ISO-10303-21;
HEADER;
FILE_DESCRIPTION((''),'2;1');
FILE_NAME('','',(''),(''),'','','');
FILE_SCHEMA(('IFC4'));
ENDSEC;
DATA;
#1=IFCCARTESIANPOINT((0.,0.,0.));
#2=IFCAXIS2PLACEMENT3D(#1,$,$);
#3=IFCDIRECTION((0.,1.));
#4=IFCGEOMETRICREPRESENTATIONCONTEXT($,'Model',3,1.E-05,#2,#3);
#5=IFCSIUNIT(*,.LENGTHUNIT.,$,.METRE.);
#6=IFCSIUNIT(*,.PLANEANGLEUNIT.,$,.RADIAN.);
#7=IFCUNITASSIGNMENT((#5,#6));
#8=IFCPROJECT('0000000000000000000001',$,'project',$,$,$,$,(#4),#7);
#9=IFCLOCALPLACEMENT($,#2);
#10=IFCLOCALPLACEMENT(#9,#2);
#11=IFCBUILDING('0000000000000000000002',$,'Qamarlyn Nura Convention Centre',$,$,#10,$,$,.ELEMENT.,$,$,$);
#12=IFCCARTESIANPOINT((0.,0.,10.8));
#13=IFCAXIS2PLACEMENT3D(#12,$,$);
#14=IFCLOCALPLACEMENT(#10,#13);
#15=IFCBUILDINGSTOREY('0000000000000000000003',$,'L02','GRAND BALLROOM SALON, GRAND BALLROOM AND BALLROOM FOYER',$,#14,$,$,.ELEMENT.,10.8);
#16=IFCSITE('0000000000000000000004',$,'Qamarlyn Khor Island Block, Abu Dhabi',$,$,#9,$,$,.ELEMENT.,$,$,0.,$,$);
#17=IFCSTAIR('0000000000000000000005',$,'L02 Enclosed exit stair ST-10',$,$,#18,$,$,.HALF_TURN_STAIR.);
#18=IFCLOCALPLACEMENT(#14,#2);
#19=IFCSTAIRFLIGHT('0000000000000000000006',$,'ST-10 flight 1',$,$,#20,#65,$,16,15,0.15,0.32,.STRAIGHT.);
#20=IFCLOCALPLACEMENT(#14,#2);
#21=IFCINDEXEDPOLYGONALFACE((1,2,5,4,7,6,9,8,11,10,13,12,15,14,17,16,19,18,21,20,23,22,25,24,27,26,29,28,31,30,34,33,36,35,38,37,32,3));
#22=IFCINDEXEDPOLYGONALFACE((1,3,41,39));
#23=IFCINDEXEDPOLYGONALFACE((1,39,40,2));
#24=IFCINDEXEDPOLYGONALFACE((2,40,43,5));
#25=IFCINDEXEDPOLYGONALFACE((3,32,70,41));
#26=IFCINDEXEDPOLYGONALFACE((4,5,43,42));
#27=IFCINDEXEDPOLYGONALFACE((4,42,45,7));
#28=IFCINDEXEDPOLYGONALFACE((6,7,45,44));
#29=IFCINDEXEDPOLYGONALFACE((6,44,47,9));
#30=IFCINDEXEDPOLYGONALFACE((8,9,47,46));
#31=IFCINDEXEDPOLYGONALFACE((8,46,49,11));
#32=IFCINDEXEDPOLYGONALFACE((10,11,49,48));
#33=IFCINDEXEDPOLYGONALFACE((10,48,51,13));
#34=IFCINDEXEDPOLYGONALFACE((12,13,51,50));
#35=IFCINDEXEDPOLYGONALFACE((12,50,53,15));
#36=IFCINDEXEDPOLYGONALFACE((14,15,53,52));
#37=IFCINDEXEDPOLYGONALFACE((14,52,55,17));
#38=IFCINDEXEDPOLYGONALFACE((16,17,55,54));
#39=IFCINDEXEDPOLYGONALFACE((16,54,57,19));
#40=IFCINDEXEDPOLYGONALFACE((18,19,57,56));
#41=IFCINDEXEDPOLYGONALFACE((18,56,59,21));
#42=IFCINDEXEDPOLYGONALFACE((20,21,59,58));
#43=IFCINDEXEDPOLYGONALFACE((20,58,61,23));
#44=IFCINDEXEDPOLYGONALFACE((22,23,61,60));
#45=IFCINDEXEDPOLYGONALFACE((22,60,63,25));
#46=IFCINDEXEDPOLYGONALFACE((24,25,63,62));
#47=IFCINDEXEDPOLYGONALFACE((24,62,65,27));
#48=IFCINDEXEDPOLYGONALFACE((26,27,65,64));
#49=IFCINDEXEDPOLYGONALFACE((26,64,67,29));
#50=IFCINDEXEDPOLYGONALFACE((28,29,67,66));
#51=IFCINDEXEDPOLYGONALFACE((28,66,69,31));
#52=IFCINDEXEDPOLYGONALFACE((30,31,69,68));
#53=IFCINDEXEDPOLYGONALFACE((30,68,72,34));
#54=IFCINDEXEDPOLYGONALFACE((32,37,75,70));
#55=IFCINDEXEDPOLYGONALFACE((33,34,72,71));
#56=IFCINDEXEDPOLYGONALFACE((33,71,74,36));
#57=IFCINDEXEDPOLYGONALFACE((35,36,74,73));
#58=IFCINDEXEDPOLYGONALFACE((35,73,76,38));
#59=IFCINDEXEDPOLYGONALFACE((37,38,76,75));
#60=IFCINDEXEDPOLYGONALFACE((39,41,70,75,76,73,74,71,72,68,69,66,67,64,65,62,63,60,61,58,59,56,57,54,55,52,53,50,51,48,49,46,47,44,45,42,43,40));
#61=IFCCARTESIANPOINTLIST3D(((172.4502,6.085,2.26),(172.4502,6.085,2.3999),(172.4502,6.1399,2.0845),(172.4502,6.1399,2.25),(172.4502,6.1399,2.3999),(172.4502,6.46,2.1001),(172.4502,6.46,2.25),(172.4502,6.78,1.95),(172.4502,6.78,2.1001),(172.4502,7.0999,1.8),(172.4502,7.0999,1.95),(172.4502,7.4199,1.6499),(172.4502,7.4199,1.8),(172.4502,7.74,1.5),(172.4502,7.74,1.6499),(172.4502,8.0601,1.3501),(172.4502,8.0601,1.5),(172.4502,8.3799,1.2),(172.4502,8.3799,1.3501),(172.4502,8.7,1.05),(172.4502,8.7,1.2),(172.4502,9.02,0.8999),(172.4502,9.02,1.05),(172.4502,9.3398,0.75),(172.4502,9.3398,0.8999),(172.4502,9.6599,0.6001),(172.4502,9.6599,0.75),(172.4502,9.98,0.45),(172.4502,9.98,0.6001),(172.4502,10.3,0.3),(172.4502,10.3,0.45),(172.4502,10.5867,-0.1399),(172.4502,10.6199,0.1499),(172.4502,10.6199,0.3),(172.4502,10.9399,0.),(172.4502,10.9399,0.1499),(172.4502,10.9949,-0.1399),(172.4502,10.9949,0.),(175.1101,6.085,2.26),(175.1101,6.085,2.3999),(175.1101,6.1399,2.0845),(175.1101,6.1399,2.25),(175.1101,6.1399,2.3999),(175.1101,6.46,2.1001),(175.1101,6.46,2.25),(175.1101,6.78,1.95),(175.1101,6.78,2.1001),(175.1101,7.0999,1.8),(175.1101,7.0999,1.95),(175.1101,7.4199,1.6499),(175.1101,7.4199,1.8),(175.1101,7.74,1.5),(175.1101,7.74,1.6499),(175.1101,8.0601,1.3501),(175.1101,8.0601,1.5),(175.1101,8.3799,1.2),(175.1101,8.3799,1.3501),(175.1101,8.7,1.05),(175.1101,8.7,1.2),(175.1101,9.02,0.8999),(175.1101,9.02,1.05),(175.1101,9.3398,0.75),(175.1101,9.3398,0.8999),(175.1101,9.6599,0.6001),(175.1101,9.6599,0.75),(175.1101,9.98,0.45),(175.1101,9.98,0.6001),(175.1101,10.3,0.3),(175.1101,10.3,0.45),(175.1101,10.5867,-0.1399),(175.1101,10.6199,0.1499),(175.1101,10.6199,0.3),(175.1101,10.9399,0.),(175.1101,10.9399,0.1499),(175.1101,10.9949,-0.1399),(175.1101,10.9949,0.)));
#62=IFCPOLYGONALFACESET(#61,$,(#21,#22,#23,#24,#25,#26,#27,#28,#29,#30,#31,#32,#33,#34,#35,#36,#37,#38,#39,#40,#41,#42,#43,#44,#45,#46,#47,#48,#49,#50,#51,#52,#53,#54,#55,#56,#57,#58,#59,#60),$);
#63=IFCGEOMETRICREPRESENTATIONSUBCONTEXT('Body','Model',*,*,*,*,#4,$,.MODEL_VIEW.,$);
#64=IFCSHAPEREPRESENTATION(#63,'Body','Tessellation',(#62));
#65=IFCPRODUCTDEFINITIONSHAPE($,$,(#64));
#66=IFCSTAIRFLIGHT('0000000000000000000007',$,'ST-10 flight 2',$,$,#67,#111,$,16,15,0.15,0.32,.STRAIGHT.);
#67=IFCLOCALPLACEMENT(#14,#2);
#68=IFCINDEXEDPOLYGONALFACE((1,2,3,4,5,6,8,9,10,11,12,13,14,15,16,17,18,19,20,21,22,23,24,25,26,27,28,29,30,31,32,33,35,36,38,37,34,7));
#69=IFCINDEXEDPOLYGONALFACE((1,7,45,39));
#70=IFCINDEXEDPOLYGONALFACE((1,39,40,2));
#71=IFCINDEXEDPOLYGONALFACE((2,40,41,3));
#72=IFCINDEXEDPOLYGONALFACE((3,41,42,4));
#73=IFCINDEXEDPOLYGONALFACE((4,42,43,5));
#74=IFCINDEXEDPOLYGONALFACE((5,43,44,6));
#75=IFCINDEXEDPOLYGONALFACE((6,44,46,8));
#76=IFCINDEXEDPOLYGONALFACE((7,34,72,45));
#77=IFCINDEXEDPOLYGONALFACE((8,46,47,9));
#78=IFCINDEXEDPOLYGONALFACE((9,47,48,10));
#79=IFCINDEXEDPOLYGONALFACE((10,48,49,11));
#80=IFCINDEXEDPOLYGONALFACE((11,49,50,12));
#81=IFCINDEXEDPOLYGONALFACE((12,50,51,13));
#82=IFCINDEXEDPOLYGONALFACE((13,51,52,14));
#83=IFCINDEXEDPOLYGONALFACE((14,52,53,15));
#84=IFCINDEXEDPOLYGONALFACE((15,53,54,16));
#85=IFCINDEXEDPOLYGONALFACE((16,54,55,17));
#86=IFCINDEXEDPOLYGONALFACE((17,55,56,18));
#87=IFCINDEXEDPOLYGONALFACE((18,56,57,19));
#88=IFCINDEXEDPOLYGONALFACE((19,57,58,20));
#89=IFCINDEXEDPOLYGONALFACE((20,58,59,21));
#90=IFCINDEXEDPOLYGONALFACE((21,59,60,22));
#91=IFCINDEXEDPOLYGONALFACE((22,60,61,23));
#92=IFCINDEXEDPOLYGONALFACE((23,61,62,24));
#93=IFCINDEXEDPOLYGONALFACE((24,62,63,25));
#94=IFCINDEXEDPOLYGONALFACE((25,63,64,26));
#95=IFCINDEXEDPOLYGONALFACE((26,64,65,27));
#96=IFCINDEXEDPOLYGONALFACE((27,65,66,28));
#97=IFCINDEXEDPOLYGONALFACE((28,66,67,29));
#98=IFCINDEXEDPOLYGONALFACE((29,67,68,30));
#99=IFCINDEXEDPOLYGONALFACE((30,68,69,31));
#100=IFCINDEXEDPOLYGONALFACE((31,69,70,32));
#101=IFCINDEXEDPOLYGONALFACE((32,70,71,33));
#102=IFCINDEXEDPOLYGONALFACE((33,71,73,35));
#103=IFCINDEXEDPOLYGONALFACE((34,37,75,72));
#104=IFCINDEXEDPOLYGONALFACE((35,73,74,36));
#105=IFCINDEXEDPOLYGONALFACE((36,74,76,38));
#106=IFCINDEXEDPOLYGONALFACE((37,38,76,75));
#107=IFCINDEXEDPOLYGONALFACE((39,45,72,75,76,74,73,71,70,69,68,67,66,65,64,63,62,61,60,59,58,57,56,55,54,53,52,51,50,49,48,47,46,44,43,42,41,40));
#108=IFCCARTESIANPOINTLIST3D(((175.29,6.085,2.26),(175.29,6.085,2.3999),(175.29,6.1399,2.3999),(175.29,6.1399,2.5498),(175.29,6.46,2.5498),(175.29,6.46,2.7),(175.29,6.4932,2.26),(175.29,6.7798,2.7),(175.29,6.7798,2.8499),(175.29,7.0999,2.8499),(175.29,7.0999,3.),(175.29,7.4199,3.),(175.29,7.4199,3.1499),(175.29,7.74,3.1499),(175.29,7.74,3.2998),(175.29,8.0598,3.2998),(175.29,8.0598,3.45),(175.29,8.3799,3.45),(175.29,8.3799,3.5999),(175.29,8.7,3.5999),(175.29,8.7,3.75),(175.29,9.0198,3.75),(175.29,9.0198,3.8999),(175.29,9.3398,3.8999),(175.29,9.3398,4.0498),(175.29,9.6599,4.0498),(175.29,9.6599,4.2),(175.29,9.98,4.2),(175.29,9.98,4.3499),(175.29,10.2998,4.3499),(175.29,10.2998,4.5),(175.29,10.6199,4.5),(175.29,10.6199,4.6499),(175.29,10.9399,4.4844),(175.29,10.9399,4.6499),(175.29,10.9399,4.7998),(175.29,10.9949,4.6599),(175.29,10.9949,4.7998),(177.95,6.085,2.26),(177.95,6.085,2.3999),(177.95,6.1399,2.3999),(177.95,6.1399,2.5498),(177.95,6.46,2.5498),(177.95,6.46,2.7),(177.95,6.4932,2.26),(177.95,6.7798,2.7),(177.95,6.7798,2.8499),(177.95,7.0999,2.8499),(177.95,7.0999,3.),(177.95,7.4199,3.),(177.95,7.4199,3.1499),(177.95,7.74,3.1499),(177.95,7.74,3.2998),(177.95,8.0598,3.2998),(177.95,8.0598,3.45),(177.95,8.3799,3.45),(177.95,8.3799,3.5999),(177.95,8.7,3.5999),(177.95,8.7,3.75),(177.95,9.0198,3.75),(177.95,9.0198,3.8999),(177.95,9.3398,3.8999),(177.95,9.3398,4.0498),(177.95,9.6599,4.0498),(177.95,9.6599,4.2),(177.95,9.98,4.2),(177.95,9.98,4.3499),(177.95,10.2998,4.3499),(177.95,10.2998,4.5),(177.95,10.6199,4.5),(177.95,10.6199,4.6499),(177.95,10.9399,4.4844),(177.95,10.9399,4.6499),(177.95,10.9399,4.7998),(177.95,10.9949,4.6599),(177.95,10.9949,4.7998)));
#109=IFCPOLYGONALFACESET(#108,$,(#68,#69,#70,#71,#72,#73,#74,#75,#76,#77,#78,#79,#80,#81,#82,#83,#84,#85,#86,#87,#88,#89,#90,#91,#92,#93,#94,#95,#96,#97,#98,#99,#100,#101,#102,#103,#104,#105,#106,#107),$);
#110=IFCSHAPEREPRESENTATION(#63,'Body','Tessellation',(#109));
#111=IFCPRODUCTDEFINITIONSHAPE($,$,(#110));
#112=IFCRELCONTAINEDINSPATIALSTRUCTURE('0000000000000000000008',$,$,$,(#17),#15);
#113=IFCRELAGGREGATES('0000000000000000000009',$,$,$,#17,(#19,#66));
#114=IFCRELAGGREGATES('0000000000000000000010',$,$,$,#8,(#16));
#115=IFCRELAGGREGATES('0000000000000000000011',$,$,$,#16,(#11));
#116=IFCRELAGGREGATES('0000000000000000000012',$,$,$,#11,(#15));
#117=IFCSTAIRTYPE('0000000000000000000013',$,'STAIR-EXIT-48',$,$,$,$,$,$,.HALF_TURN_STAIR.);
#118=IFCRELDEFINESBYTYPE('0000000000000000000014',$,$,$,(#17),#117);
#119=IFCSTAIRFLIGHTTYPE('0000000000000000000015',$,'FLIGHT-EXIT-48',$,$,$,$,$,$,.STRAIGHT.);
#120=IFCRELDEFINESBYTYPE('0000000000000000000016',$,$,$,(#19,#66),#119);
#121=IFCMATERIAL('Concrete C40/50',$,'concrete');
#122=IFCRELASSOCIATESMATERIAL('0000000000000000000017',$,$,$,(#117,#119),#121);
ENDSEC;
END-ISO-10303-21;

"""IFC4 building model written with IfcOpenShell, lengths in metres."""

from ifc_helpers import new_model, si_unit, direction, frame, origin, place, context, subcontext, project, spatial, polyline, outline, extrude, material, type_object, element, aggregate, save


model = new_model("IFC4")

# Units and contexts
model_context = context("Model", 3, precision=1e-05, world=origin(), true_north=direction((0.0, 1.0)))
body_context = subcontext(model_context, "Body", "Model", "MODEL_VIEW")
ifc_project = project(units=[si_unit("LENGTHUNIT", "METRE"), si_unit("PLANEANGLEUNIT", "RADIAN")], contexts=[model_context])

# Site, building, storey
site_placement = place(None, origin())
site = spatial("IfcSite", under=ifc_project, at=site_placement, Name="Qamarlyn Khor Island Block, Abu Dhabi", CompositionType="ELEMENT", RefElevation=0.0)
building_placement = place(site_placement, origin())
building = spatial("IfcBuilding", under=site, at=building_placement, Name="Qamarlyn Nura Convention Centre", CompositionType="ELEMENT")
storey_placement = place(building_placement, frame((0.0, 0.0, 10.8)))
storey = spatial("IfcBuildingStorey", under=building, at=storey_placement, Name="L02", Description="GRAND BALLROOM SALON, GRAND BALLROOM AND BALLROOM FOYER", CompositionType="ELEMENT", Elevation=10.8)

# Stair, stair flights
ifc_material_1 = material(Name="Concrete C40/50", Category="concrete")
stair_type = type_object("IfcStairType", Name="STAIR-EXIT-48", PredefinedType="HALF_TURN_STAIR", material=ifc_material_1)
stair_placement = place(storey_placement, origin())
stair = element("IfcStair", 1, at=stair_placement, inside=storey, type_object=stair_type, Name="L02 Enclosed exit stair ST-10", PredefinedType="HALF_TURN_STAIR")
stair_flight_type = type_object("IfcStairFlightType", Name="FLIGHT-EXIT-48", PredefinedType="STRAIGHT", material=ifc_material_1)
stair_flight_1_placement = place(storey_placement, frame((173.78, 10.9399, 0.0), z_axis=(0.0, 0.0, 1.0), x_axis=(0.0, -1.0, 0.0)))
stair_flight_1 = element("IfcStairFlight", 2, at=stair_flight_1_placement, type_object=stair_flight_type, Name="ST-10 flight 1", NumberOfRisers=16, NumberOfTreads=15, PredefinedType="STRAIGHT", RiserHeight=0.15, TreadLength=0.32, context=body_context, shape_type="SweptSolid", body=[
    extrude(outline(polyline([(-0.0549, 0.0), (0.0, 0.0), (0.0, 0.1499), (0.3201, 0.1499), (0.3201, 0.3), (0.6399, 0.3), (0.6399, 0.45), (0.96, 0.45), (0.96, 0.6001), (1.28, 0.6001), (1.28, 0.75), (1.6001, 0.75), (1.6001, 0.8999), (1.9199, 0.8999), (1.9199, 1.05), (2.24, 1.05), (2.24, 1.2), (2.5601, 1.2), (2.5601, 1.3501), (2.8799, 1.3501), (2.8799, 1.5), (3.2, 1.5), (3.2, 1.6499), (3.52, 1.6499), (3.52, 1.8), (3.8401, 1.8), (3.8401, 1.95), (4.1599, 1.95), (4.1599, 2.1001), (4.48, 2.1001), (4.48, 2.25), (4.8, 2.25), (4.8, 2.3999), (4.855, 2.3999), (4.855, 2.26), (4.8, 2.0845), (0.3533, -0.1399), (-0.0549, -0.1399), (-0.0549, 0.0)])), frame((0.0, 1.3301, 0.0), z_axis=(0.0, -1.0, 0.0), x_axis=(1.0, 0.0, 0.0)), (0.0, 0.0, 1.0), 2.6599),
])
stair_flight_2_placement = place(storey_placement, frame((176.6201, 6.1399, 2.3999), z_axis=(0.0, 0.0, 1.0), x_axis=(0.0, 1.0, 0.0)))
stair_flight_2 = element("IfcStairFlight", 3, at=stair_flight_2_placement, type_object=stair_flight_type, Name="ST-10 flight 2", NumberOfRisers=16, NumberOfTreads=15, PredefinedType="STRAIGHT", RiserHeight=0.15, TreadLength=0.32, context=body_context, shape_type="SweptSolid", body=[
    extrude(outline(polyline([(-0.0549, 0.0), (0.0, 0.0), (0.0, 0.1499), (0.3201, 0.1499), (0.3201, 0.3), (0.6399, 0.3), (0.6399, 0.45), (0.96, 0.45), (0.96, 0.6001), (1.28, 0.6001), (1.28, 0.75), (1.6001, 0.75), (1.6001, 0.8999), (1.9199, 0.8999), (1.9199, 1.05), (2.24, 1.05), (2.24, 1.2), (2.5601, 1.2), (2.5601, 1.3501), (2.8799, 1.3501), (2.8799, 1.5), (3.2, 1.5), (3.2, 1.6499), (3.52, 1.6499), (3.52, 1.8), (3.8401, 1.8), (3.8401, 1.95), (4.1599, 1.95), (4.1599, 2.1001), (4.48, 2.1001), (4.48, 2.25), (4.8, 2.25), (4.8, 2.3999), (4.855, 2.3999), (4.855, 2.26), (4.8, 2.0845), (0.3533, -0.1399), (-0.0549, -0.1399), (-0.0549, 0.0)])), frame((0.0, 1.3301, 0.0), z_axis=(0.0, -1.0, 0.0), x_axis=(1.0, 0.0, 0.0)), (0.0, 0.0, 1.0), 2.6599),
])
aggregate(stair, [stair_flight_1, stair_flight_2])

save(model, "model.ifc")
